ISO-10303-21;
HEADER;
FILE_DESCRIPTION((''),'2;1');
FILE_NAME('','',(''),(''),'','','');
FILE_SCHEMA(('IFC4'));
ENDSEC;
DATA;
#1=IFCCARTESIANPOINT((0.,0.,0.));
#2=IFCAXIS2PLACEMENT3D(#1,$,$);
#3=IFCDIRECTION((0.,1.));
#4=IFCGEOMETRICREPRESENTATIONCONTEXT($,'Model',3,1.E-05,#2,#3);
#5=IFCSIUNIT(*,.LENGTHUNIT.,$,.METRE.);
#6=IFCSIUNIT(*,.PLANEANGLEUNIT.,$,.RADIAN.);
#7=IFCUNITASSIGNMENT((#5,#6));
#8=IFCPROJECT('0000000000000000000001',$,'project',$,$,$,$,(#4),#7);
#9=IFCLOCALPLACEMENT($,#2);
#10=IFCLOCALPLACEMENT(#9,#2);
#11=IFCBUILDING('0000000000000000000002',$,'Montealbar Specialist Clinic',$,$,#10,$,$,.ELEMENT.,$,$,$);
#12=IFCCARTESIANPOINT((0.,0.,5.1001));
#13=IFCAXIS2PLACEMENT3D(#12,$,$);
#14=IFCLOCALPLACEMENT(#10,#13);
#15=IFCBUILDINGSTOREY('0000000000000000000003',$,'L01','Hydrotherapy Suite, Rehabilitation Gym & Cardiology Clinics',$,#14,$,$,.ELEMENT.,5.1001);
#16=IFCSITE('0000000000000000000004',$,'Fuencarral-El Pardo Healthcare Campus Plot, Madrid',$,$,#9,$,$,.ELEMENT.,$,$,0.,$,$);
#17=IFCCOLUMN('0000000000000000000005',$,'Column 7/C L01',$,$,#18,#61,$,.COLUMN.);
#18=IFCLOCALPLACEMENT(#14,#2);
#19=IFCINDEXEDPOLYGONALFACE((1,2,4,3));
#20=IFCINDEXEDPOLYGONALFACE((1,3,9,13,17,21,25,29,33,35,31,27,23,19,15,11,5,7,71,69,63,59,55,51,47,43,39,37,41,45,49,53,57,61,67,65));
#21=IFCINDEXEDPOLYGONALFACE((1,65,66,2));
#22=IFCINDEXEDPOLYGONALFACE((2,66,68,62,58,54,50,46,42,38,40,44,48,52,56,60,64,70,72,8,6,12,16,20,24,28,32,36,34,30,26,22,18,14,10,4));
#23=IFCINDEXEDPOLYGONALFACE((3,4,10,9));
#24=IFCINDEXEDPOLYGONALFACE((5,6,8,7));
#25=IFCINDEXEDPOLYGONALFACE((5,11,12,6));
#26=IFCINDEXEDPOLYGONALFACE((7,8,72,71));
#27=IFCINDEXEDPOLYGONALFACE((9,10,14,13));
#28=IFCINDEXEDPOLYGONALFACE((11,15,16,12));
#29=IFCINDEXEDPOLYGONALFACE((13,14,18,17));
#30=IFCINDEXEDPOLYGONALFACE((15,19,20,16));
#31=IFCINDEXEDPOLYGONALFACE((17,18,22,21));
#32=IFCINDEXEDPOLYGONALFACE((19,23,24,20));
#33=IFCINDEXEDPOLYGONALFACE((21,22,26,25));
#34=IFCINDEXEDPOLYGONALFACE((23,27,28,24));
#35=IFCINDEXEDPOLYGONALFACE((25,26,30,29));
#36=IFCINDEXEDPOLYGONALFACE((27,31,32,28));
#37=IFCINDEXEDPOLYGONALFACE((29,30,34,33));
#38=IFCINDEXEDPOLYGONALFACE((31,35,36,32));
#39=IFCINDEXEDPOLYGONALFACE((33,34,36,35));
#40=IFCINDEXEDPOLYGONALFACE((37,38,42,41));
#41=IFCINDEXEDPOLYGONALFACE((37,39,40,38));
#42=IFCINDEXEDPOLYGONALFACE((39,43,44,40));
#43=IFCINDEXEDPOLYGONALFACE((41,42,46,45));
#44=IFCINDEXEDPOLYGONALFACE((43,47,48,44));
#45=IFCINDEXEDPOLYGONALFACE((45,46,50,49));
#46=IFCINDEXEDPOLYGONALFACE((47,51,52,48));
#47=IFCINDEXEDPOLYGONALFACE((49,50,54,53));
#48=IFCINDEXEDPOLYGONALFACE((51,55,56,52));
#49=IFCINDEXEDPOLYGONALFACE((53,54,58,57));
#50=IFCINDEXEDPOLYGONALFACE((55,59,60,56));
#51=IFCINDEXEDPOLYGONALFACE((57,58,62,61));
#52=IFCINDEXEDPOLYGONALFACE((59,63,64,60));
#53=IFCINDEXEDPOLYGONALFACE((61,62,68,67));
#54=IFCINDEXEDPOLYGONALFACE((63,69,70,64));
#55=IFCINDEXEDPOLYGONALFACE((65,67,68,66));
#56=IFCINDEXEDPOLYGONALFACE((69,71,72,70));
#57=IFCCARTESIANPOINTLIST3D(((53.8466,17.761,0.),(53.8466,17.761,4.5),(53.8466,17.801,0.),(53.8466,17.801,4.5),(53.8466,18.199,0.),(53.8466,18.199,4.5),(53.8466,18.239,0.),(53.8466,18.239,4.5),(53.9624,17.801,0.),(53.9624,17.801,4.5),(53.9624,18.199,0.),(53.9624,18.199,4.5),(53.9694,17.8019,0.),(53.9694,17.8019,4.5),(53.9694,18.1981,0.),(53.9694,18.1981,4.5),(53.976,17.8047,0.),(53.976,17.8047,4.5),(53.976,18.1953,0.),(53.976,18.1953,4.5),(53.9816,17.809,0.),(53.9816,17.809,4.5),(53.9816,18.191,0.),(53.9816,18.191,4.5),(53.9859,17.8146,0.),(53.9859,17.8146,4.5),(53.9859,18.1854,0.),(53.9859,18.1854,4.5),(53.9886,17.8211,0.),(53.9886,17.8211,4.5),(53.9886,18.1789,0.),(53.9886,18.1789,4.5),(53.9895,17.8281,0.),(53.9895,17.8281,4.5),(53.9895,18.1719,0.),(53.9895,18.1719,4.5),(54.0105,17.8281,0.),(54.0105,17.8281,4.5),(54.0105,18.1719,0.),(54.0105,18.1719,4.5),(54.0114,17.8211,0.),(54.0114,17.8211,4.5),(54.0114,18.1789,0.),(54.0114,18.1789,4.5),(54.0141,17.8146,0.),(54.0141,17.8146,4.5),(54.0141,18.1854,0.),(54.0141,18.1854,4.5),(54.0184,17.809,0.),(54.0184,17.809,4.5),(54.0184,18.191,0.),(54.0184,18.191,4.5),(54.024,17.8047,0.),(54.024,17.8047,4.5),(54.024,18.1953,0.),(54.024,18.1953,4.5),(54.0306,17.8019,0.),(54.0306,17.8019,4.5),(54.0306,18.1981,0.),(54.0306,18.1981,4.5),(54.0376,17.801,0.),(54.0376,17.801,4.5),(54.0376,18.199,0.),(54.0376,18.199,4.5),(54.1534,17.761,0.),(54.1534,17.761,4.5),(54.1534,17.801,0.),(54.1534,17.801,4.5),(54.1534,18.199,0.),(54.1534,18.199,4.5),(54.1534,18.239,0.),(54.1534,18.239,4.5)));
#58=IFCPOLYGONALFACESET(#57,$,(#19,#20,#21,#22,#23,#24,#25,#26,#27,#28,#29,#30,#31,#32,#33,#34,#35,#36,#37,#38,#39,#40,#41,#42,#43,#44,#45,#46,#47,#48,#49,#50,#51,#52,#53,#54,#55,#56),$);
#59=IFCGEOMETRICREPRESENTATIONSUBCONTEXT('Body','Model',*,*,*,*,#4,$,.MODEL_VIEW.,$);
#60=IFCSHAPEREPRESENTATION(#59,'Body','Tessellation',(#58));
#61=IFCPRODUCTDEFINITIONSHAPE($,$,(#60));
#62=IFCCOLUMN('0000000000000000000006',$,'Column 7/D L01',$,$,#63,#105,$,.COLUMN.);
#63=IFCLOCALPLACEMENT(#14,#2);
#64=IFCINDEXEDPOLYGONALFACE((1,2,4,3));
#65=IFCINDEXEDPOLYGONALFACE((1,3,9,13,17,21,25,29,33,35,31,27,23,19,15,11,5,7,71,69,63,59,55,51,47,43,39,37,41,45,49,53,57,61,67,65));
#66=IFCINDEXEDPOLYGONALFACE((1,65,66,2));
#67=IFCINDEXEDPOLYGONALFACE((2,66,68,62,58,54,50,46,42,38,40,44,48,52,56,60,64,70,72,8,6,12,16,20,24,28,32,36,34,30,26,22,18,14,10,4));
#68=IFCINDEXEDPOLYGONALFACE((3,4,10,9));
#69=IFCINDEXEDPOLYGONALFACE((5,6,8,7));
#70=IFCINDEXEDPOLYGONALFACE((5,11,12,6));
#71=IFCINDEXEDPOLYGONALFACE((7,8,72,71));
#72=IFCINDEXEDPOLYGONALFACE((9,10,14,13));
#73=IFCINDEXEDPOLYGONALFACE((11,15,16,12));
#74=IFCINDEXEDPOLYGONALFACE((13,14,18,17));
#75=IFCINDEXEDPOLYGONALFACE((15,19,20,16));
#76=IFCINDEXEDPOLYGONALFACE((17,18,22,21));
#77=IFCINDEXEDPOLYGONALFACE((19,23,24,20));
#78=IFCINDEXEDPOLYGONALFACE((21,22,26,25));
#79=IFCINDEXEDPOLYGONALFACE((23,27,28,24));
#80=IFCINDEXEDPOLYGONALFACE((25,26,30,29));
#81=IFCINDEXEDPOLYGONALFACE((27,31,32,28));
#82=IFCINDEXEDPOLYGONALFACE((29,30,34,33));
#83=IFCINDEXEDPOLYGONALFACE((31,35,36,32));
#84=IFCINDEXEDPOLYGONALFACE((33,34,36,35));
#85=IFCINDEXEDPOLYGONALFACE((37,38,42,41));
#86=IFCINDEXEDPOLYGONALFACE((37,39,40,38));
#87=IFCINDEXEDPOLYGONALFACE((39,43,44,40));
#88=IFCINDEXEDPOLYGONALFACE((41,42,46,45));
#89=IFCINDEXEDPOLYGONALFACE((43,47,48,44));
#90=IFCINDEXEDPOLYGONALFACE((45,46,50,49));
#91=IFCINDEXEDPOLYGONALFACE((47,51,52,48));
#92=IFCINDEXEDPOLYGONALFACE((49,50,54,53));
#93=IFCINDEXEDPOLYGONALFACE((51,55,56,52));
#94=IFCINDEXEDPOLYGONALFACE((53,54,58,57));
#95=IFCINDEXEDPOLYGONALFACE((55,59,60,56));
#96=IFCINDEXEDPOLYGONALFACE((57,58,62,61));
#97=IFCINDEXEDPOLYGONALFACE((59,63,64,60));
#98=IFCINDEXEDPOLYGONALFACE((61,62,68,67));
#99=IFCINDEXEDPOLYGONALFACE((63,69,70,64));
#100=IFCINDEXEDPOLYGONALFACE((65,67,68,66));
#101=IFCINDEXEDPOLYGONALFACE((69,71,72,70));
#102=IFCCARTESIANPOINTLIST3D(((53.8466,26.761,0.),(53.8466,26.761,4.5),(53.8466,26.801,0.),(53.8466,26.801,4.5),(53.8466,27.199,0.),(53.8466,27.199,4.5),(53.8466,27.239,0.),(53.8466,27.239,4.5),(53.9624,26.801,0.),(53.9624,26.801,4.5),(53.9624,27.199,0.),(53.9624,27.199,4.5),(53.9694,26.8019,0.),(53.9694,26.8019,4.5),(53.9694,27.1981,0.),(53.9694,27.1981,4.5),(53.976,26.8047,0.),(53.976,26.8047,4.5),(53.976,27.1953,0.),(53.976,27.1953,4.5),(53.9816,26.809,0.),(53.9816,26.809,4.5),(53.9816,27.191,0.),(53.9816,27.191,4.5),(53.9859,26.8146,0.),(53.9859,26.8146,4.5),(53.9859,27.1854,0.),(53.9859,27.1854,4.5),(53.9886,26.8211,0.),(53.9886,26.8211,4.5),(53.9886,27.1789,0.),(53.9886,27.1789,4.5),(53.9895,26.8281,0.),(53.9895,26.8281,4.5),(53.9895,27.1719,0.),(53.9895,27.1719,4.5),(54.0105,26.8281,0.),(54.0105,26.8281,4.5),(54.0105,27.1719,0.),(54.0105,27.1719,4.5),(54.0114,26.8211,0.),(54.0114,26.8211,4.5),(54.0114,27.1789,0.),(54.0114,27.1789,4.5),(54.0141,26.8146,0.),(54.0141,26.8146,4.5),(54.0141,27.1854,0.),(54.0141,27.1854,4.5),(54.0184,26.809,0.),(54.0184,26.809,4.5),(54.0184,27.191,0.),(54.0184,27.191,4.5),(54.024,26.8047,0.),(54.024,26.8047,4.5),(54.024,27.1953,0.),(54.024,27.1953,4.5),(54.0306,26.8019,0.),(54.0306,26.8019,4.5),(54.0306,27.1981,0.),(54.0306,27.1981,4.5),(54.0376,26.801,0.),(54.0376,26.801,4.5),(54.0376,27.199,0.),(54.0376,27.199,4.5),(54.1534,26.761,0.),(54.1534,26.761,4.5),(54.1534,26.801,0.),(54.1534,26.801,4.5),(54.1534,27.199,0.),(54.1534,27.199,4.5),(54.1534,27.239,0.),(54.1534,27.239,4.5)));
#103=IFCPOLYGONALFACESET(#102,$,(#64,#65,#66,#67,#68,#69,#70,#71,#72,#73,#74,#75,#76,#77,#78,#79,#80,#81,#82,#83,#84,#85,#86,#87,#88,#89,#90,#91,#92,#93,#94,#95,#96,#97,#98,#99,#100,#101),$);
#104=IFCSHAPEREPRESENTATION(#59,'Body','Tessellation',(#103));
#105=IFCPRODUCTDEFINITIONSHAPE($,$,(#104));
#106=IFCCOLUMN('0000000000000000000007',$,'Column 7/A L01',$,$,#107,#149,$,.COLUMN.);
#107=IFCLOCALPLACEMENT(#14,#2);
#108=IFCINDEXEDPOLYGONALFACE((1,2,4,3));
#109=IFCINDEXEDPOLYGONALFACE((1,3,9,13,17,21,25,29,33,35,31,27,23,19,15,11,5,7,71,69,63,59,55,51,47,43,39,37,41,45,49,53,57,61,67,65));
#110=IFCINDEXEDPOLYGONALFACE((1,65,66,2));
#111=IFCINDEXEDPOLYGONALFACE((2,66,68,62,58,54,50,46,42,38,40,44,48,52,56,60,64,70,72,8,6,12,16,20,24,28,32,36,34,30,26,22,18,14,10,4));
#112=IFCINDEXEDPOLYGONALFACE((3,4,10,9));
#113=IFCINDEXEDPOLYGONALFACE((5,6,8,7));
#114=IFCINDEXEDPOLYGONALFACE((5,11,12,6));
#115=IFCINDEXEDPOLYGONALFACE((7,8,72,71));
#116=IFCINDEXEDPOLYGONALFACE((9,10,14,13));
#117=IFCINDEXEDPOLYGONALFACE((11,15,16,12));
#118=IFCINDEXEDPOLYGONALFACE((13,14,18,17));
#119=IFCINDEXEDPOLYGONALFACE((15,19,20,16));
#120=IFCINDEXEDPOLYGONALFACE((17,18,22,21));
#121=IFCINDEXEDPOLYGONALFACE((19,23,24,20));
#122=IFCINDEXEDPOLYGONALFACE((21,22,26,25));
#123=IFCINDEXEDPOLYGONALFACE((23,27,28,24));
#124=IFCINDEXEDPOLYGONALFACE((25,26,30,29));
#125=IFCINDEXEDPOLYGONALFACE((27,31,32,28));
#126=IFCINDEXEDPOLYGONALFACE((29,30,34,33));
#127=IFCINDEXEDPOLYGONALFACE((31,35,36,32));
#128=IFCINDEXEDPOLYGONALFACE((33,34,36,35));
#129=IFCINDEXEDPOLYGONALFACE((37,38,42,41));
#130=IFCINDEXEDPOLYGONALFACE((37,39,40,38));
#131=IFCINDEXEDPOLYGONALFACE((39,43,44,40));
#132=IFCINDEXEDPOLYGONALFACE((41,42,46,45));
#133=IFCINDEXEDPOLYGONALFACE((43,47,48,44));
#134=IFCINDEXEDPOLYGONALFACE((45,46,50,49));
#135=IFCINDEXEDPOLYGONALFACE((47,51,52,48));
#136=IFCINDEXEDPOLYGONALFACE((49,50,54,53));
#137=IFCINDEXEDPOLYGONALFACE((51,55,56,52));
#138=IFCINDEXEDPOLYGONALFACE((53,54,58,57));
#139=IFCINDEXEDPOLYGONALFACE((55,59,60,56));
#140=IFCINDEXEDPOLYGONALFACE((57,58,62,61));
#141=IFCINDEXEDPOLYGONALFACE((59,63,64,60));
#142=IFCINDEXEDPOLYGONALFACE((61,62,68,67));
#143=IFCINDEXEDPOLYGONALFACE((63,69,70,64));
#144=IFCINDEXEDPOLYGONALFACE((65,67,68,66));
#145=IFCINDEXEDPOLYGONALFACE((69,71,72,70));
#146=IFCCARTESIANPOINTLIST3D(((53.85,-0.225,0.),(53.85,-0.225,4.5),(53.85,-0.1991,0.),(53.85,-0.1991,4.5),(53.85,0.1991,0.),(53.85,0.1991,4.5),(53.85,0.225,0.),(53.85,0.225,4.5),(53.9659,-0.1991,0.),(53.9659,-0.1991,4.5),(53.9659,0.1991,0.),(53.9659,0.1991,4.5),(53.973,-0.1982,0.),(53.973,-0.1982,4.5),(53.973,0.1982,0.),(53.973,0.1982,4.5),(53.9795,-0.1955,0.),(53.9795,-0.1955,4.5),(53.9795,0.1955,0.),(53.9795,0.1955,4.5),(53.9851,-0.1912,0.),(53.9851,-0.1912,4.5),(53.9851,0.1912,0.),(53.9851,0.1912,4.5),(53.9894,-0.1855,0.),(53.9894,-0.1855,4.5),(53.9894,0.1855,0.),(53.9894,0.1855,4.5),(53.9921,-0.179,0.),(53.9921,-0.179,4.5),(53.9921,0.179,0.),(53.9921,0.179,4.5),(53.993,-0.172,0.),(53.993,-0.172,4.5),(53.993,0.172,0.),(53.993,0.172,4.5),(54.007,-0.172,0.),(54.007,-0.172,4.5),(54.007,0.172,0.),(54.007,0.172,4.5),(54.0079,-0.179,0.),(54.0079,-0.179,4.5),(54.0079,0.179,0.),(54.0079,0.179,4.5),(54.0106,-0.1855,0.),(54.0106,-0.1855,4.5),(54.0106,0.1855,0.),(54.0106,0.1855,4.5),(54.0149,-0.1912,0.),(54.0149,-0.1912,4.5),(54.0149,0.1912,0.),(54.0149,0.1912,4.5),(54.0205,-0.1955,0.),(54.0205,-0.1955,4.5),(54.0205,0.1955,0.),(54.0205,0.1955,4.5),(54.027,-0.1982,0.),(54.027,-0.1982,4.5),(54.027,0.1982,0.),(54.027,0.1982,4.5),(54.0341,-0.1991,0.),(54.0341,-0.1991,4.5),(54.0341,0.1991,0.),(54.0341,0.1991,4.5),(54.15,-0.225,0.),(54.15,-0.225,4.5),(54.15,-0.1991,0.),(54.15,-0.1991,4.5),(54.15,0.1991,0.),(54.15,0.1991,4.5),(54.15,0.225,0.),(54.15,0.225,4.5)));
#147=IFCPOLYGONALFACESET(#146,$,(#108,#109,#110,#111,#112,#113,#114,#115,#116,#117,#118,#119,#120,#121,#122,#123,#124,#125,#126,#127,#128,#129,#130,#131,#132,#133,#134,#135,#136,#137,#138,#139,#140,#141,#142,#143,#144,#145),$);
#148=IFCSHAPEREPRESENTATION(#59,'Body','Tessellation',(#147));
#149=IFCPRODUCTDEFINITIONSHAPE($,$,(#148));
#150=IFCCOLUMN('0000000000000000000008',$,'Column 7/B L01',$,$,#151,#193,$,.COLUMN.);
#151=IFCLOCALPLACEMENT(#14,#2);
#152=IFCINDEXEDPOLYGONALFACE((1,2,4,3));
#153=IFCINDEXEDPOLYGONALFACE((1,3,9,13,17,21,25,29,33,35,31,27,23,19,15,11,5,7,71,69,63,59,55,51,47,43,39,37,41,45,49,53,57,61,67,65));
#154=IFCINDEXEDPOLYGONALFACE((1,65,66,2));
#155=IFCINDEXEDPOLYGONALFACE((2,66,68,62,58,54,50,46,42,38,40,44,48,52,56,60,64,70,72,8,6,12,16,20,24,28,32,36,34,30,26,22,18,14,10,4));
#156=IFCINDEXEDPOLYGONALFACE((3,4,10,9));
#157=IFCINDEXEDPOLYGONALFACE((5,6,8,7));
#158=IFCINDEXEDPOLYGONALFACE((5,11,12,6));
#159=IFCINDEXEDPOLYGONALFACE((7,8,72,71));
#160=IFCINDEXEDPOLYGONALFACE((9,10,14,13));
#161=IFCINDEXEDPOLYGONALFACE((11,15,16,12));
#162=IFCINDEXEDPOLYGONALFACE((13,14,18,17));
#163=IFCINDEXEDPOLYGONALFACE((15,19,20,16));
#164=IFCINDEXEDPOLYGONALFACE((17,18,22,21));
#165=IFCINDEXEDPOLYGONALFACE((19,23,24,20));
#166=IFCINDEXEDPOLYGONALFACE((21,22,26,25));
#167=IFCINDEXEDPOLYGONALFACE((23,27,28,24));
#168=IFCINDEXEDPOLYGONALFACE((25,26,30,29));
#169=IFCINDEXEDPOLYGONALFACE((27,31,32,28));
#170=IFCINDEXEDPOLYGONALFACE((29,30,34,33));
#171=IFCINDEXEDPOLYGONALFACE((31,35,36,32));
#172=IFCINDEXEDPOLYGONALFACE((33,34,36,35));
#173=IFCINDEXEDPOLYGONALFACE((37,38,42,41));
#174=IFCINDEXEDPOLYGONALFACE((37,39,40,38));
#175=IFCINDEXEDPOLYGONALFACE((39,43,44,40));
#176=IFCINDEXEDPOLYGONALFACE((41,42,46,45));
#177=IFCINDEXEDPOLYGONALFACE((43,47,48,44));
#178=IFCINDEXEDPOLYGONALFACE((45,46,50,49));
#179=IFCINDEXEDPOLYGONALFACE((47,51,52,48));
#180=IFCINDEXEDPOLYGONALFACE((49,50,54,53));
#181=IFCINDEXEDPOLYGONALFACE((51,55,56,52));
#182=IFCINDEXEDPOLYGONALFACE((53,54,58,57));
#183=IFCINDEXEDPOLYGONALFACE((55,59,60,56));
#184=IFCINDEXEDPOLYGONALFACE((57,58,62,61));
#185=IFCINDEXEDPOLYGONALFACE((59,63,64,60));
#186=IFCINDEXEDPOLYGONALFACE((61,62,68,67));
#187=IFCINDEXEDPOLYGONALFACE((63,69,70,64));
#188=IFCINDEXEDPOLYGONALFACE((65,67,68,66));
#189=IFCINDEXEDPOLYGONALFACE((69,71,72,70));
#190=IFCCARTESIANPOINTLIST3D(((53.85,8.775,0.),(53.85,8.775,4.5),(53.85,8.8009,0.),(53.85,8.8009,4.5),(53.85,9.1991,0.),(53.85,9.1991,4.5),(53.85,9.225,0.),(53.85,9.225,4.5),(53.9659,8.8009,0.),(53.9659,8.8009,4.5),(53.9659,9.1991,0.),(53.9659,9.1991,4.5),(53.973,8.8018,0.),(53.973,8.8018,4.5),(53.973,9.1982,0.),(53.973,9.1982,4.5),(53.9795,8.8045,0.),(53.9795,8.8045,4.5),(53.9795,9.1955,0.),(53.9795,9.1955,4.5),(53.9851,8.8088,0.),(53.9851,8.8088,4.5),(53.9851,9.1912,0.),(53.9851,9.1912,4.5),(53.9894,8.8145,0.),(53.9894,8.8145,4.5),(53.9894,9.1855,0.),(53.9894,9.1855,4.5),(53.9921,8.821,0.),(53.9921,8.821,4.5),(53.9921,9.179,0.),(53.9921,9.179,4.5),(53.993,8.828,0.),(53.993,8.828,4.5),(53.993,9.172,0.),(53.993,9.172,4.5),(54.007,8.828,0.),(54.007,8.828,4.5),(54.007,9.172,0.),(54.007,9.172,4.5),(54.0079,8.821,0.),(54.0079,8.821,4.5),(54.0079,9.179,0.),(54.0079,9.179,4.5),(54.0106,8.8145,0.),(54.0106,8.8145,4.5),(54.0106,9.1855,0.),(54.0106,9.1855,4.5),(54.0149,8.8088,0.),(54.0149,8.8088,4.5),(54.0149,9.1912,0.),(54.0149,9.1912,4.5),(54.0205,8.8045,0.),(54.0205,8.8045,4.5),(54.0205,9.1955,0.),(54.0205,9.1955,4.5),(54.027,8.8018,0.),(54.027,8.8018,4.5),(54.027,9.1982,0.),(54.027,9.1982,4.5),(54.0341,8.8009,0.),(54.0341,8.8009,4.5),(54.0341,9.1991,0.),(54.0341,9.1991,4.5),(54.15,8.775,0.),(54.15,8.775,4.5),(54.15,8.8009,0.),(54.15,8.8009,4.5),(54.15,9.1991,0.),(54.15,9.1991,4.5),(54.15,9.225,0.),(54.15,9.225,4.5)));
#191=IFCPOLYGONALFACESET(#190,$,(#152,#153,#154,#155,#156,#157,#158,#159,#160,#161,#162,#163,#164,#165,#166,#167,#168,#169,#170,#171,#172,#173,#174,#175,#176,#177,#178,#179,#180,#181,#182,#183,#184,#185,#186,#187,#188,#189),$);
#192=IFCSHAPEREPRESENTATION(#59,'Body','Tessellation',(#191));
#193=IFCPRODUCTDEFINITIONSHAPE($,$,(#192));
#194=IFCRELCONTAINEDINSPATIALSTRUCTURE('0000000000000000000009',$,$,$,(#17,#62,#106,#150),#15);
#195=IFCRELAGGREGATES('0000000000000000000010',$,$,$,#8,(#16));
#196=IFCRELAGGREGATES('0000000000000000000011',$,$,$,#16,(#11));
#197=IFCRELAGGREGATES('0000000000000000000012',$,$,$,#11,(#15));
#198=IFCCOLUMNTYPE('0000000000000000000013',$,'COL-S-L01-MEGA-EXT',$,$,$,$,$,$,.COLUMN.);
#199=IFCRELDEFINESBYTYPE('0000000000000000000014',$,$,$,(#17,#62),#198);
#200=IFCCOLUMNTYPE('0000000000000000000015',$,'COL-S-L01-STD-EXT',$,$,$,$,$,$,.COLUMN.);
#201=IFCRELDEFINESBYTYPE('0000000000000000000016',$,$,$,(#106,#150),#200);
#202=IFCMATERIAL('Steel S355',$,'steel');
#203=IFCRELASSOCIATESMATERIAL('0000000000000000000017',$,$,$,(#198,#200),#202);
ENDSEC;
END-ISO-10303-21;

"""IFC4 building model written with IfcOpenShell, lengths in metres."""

from ifc_helpers import new_model, si_unit, direction, frame, origin, origin_2d, place, context, subcontext, project, spatial, i_section, extrude, material, material_profile, profile_set, type_object, element, save


model = new_model("IFC4")

# Units and contexts
model_context = context("Model", 3, precision=1e-05, world=origin(), true_north=direction((0.0, 1.0)))
body_context = subcontext(model_context, "Body", "Model", "MODEL_VIEW")
ifc_project = project(units=[si_unit("LENGTHUNIT", "METRE"), si_unit("PLANEANGLEUNIT", "RADIAN")], contexts=[model_context])

# Site, building, storey
site_placement = place(None, origin())
site = spatial("IfcSite", under=ifc_project, at=site_placement, Name="Fuencarral-El Pardo Healthcare Campus Plot, Madrid", CompositionType="ELEMENT", RefElevation=0.0)
building_placement = place(site_placement, origin())
building = spatial("IfcBuilding", under=site, at=building_placement, Name="Montealbar Specialist Clinic", CompositionType="ELEMENT")
storey_placement = place(building_placement, frame((0.0, 0.0, 5.1001)))
storey = spatial("IfcBuildingStorey", under=building, at=storey_placement, Name="L01", Description="Hydrotherapy Suite, Rehabilitation Gym & Cardiology Clinics", CompositionType="ELEMENT", Elevation=5.1001)

# Columns
ifc_material_1 = material(Name="Steel S355", Category="steel")
ifc_material_profile_1 = material_profile(ifc_material_1, i_section(OverallWidth=0.3069, OverallDepth=0.478, WebThickness=0.021, FlangeThickness=0.04, FilletRadius=0.0271, at=origin_2d()), Name="HEM 450", Category="steel")
ifc_profile_set_1 = profile_set([ifc_material_profile_1], Name="Steel S355")
column_type_1 = type_object("IfcColumnType", Name="COL-S-L01-MEGA-EXT", PredefinedType="COLUMN", material=ifc_profile_set_1)
for number, where, z_axis, x_axis, name in (
    (1, (54.0, 18.0, 0.0), (0.0, 0.0, 1.0), (1.0, 0.0, 0.0), "Column 7/C L01"),
    (2, (54.0, 27.0, 0.0), (0.0, 0.0, 1.0), (1.0, 0.0, 0.0), "Column 7/D L01"),
):
    element("IfcColumn", number, at=place(storey_placement, frame(where, z_axis=z_axis, x_axis=x_axis)), inside=storey, type_object=column_type_1, Name=name, PredefinedType="COLUMN", context=body_context, shape_type="SweptSolid", body=[
        extrude(i_section(OverallWidth=0.3069, OverallDepth=0.478, WebThickness=0.021, FlangeThickness=0.04, FilletRadius=0.0271, at=origin_2d()), origin(), (0.0, 0.0, 1.0), 4.5),
    ])
ifc_material_profile_2 = material_profile(ifc_material_1, i_section(OverallWidth=0.3, OverallDepth=0.45, WebThickness=0.0139, FlangeThickness=0.0259, FilletRadius=0.0271, at=origin_2d()), Name="HEB 450", Category="steel")
ifc_profile_set_2 = profile_set([ifc_material_profile_2], Name="Steel S355")
column_type_2 = type_object("IfcColumnType", Name="COL-S-L01-STD-EXT", PredefinedType="COLUMN", material=ifc_profile_set_2)
for number, where, z_axis, x_axis, name in (
    (3, (54.0, 0.0, 0.0), (0.0, 0.0, 1.0), (1.0, 0.0, 0.0), "Column 7/A L01"),
    (4, (54.0, 9.0, 0.0), (0.0, 0.0, 1.0), (1.0, 0.0, 0.0), "Column 7/B L01"),
):
    element("IfcColumn", number, at=place(storey_placement, frame(where, z_axis=z_axis, x_axis=x_axis)), inside=storey, type_object=column_type_2, Name=name, PredefinedType="COLUMN", context=body_context, shape_type="SweptSolid", body=[
        extrude(i_section(OverallWidth=0.3, OverallDepth=0.45, WebThickness=0.0139, FlangeThickness=0.0259, FilletRadius=0.0271, at=origin_2d()), origin(), (0.0, 0.0, 1.0), 4.5),
    ])

save(model, "model.ifc")
